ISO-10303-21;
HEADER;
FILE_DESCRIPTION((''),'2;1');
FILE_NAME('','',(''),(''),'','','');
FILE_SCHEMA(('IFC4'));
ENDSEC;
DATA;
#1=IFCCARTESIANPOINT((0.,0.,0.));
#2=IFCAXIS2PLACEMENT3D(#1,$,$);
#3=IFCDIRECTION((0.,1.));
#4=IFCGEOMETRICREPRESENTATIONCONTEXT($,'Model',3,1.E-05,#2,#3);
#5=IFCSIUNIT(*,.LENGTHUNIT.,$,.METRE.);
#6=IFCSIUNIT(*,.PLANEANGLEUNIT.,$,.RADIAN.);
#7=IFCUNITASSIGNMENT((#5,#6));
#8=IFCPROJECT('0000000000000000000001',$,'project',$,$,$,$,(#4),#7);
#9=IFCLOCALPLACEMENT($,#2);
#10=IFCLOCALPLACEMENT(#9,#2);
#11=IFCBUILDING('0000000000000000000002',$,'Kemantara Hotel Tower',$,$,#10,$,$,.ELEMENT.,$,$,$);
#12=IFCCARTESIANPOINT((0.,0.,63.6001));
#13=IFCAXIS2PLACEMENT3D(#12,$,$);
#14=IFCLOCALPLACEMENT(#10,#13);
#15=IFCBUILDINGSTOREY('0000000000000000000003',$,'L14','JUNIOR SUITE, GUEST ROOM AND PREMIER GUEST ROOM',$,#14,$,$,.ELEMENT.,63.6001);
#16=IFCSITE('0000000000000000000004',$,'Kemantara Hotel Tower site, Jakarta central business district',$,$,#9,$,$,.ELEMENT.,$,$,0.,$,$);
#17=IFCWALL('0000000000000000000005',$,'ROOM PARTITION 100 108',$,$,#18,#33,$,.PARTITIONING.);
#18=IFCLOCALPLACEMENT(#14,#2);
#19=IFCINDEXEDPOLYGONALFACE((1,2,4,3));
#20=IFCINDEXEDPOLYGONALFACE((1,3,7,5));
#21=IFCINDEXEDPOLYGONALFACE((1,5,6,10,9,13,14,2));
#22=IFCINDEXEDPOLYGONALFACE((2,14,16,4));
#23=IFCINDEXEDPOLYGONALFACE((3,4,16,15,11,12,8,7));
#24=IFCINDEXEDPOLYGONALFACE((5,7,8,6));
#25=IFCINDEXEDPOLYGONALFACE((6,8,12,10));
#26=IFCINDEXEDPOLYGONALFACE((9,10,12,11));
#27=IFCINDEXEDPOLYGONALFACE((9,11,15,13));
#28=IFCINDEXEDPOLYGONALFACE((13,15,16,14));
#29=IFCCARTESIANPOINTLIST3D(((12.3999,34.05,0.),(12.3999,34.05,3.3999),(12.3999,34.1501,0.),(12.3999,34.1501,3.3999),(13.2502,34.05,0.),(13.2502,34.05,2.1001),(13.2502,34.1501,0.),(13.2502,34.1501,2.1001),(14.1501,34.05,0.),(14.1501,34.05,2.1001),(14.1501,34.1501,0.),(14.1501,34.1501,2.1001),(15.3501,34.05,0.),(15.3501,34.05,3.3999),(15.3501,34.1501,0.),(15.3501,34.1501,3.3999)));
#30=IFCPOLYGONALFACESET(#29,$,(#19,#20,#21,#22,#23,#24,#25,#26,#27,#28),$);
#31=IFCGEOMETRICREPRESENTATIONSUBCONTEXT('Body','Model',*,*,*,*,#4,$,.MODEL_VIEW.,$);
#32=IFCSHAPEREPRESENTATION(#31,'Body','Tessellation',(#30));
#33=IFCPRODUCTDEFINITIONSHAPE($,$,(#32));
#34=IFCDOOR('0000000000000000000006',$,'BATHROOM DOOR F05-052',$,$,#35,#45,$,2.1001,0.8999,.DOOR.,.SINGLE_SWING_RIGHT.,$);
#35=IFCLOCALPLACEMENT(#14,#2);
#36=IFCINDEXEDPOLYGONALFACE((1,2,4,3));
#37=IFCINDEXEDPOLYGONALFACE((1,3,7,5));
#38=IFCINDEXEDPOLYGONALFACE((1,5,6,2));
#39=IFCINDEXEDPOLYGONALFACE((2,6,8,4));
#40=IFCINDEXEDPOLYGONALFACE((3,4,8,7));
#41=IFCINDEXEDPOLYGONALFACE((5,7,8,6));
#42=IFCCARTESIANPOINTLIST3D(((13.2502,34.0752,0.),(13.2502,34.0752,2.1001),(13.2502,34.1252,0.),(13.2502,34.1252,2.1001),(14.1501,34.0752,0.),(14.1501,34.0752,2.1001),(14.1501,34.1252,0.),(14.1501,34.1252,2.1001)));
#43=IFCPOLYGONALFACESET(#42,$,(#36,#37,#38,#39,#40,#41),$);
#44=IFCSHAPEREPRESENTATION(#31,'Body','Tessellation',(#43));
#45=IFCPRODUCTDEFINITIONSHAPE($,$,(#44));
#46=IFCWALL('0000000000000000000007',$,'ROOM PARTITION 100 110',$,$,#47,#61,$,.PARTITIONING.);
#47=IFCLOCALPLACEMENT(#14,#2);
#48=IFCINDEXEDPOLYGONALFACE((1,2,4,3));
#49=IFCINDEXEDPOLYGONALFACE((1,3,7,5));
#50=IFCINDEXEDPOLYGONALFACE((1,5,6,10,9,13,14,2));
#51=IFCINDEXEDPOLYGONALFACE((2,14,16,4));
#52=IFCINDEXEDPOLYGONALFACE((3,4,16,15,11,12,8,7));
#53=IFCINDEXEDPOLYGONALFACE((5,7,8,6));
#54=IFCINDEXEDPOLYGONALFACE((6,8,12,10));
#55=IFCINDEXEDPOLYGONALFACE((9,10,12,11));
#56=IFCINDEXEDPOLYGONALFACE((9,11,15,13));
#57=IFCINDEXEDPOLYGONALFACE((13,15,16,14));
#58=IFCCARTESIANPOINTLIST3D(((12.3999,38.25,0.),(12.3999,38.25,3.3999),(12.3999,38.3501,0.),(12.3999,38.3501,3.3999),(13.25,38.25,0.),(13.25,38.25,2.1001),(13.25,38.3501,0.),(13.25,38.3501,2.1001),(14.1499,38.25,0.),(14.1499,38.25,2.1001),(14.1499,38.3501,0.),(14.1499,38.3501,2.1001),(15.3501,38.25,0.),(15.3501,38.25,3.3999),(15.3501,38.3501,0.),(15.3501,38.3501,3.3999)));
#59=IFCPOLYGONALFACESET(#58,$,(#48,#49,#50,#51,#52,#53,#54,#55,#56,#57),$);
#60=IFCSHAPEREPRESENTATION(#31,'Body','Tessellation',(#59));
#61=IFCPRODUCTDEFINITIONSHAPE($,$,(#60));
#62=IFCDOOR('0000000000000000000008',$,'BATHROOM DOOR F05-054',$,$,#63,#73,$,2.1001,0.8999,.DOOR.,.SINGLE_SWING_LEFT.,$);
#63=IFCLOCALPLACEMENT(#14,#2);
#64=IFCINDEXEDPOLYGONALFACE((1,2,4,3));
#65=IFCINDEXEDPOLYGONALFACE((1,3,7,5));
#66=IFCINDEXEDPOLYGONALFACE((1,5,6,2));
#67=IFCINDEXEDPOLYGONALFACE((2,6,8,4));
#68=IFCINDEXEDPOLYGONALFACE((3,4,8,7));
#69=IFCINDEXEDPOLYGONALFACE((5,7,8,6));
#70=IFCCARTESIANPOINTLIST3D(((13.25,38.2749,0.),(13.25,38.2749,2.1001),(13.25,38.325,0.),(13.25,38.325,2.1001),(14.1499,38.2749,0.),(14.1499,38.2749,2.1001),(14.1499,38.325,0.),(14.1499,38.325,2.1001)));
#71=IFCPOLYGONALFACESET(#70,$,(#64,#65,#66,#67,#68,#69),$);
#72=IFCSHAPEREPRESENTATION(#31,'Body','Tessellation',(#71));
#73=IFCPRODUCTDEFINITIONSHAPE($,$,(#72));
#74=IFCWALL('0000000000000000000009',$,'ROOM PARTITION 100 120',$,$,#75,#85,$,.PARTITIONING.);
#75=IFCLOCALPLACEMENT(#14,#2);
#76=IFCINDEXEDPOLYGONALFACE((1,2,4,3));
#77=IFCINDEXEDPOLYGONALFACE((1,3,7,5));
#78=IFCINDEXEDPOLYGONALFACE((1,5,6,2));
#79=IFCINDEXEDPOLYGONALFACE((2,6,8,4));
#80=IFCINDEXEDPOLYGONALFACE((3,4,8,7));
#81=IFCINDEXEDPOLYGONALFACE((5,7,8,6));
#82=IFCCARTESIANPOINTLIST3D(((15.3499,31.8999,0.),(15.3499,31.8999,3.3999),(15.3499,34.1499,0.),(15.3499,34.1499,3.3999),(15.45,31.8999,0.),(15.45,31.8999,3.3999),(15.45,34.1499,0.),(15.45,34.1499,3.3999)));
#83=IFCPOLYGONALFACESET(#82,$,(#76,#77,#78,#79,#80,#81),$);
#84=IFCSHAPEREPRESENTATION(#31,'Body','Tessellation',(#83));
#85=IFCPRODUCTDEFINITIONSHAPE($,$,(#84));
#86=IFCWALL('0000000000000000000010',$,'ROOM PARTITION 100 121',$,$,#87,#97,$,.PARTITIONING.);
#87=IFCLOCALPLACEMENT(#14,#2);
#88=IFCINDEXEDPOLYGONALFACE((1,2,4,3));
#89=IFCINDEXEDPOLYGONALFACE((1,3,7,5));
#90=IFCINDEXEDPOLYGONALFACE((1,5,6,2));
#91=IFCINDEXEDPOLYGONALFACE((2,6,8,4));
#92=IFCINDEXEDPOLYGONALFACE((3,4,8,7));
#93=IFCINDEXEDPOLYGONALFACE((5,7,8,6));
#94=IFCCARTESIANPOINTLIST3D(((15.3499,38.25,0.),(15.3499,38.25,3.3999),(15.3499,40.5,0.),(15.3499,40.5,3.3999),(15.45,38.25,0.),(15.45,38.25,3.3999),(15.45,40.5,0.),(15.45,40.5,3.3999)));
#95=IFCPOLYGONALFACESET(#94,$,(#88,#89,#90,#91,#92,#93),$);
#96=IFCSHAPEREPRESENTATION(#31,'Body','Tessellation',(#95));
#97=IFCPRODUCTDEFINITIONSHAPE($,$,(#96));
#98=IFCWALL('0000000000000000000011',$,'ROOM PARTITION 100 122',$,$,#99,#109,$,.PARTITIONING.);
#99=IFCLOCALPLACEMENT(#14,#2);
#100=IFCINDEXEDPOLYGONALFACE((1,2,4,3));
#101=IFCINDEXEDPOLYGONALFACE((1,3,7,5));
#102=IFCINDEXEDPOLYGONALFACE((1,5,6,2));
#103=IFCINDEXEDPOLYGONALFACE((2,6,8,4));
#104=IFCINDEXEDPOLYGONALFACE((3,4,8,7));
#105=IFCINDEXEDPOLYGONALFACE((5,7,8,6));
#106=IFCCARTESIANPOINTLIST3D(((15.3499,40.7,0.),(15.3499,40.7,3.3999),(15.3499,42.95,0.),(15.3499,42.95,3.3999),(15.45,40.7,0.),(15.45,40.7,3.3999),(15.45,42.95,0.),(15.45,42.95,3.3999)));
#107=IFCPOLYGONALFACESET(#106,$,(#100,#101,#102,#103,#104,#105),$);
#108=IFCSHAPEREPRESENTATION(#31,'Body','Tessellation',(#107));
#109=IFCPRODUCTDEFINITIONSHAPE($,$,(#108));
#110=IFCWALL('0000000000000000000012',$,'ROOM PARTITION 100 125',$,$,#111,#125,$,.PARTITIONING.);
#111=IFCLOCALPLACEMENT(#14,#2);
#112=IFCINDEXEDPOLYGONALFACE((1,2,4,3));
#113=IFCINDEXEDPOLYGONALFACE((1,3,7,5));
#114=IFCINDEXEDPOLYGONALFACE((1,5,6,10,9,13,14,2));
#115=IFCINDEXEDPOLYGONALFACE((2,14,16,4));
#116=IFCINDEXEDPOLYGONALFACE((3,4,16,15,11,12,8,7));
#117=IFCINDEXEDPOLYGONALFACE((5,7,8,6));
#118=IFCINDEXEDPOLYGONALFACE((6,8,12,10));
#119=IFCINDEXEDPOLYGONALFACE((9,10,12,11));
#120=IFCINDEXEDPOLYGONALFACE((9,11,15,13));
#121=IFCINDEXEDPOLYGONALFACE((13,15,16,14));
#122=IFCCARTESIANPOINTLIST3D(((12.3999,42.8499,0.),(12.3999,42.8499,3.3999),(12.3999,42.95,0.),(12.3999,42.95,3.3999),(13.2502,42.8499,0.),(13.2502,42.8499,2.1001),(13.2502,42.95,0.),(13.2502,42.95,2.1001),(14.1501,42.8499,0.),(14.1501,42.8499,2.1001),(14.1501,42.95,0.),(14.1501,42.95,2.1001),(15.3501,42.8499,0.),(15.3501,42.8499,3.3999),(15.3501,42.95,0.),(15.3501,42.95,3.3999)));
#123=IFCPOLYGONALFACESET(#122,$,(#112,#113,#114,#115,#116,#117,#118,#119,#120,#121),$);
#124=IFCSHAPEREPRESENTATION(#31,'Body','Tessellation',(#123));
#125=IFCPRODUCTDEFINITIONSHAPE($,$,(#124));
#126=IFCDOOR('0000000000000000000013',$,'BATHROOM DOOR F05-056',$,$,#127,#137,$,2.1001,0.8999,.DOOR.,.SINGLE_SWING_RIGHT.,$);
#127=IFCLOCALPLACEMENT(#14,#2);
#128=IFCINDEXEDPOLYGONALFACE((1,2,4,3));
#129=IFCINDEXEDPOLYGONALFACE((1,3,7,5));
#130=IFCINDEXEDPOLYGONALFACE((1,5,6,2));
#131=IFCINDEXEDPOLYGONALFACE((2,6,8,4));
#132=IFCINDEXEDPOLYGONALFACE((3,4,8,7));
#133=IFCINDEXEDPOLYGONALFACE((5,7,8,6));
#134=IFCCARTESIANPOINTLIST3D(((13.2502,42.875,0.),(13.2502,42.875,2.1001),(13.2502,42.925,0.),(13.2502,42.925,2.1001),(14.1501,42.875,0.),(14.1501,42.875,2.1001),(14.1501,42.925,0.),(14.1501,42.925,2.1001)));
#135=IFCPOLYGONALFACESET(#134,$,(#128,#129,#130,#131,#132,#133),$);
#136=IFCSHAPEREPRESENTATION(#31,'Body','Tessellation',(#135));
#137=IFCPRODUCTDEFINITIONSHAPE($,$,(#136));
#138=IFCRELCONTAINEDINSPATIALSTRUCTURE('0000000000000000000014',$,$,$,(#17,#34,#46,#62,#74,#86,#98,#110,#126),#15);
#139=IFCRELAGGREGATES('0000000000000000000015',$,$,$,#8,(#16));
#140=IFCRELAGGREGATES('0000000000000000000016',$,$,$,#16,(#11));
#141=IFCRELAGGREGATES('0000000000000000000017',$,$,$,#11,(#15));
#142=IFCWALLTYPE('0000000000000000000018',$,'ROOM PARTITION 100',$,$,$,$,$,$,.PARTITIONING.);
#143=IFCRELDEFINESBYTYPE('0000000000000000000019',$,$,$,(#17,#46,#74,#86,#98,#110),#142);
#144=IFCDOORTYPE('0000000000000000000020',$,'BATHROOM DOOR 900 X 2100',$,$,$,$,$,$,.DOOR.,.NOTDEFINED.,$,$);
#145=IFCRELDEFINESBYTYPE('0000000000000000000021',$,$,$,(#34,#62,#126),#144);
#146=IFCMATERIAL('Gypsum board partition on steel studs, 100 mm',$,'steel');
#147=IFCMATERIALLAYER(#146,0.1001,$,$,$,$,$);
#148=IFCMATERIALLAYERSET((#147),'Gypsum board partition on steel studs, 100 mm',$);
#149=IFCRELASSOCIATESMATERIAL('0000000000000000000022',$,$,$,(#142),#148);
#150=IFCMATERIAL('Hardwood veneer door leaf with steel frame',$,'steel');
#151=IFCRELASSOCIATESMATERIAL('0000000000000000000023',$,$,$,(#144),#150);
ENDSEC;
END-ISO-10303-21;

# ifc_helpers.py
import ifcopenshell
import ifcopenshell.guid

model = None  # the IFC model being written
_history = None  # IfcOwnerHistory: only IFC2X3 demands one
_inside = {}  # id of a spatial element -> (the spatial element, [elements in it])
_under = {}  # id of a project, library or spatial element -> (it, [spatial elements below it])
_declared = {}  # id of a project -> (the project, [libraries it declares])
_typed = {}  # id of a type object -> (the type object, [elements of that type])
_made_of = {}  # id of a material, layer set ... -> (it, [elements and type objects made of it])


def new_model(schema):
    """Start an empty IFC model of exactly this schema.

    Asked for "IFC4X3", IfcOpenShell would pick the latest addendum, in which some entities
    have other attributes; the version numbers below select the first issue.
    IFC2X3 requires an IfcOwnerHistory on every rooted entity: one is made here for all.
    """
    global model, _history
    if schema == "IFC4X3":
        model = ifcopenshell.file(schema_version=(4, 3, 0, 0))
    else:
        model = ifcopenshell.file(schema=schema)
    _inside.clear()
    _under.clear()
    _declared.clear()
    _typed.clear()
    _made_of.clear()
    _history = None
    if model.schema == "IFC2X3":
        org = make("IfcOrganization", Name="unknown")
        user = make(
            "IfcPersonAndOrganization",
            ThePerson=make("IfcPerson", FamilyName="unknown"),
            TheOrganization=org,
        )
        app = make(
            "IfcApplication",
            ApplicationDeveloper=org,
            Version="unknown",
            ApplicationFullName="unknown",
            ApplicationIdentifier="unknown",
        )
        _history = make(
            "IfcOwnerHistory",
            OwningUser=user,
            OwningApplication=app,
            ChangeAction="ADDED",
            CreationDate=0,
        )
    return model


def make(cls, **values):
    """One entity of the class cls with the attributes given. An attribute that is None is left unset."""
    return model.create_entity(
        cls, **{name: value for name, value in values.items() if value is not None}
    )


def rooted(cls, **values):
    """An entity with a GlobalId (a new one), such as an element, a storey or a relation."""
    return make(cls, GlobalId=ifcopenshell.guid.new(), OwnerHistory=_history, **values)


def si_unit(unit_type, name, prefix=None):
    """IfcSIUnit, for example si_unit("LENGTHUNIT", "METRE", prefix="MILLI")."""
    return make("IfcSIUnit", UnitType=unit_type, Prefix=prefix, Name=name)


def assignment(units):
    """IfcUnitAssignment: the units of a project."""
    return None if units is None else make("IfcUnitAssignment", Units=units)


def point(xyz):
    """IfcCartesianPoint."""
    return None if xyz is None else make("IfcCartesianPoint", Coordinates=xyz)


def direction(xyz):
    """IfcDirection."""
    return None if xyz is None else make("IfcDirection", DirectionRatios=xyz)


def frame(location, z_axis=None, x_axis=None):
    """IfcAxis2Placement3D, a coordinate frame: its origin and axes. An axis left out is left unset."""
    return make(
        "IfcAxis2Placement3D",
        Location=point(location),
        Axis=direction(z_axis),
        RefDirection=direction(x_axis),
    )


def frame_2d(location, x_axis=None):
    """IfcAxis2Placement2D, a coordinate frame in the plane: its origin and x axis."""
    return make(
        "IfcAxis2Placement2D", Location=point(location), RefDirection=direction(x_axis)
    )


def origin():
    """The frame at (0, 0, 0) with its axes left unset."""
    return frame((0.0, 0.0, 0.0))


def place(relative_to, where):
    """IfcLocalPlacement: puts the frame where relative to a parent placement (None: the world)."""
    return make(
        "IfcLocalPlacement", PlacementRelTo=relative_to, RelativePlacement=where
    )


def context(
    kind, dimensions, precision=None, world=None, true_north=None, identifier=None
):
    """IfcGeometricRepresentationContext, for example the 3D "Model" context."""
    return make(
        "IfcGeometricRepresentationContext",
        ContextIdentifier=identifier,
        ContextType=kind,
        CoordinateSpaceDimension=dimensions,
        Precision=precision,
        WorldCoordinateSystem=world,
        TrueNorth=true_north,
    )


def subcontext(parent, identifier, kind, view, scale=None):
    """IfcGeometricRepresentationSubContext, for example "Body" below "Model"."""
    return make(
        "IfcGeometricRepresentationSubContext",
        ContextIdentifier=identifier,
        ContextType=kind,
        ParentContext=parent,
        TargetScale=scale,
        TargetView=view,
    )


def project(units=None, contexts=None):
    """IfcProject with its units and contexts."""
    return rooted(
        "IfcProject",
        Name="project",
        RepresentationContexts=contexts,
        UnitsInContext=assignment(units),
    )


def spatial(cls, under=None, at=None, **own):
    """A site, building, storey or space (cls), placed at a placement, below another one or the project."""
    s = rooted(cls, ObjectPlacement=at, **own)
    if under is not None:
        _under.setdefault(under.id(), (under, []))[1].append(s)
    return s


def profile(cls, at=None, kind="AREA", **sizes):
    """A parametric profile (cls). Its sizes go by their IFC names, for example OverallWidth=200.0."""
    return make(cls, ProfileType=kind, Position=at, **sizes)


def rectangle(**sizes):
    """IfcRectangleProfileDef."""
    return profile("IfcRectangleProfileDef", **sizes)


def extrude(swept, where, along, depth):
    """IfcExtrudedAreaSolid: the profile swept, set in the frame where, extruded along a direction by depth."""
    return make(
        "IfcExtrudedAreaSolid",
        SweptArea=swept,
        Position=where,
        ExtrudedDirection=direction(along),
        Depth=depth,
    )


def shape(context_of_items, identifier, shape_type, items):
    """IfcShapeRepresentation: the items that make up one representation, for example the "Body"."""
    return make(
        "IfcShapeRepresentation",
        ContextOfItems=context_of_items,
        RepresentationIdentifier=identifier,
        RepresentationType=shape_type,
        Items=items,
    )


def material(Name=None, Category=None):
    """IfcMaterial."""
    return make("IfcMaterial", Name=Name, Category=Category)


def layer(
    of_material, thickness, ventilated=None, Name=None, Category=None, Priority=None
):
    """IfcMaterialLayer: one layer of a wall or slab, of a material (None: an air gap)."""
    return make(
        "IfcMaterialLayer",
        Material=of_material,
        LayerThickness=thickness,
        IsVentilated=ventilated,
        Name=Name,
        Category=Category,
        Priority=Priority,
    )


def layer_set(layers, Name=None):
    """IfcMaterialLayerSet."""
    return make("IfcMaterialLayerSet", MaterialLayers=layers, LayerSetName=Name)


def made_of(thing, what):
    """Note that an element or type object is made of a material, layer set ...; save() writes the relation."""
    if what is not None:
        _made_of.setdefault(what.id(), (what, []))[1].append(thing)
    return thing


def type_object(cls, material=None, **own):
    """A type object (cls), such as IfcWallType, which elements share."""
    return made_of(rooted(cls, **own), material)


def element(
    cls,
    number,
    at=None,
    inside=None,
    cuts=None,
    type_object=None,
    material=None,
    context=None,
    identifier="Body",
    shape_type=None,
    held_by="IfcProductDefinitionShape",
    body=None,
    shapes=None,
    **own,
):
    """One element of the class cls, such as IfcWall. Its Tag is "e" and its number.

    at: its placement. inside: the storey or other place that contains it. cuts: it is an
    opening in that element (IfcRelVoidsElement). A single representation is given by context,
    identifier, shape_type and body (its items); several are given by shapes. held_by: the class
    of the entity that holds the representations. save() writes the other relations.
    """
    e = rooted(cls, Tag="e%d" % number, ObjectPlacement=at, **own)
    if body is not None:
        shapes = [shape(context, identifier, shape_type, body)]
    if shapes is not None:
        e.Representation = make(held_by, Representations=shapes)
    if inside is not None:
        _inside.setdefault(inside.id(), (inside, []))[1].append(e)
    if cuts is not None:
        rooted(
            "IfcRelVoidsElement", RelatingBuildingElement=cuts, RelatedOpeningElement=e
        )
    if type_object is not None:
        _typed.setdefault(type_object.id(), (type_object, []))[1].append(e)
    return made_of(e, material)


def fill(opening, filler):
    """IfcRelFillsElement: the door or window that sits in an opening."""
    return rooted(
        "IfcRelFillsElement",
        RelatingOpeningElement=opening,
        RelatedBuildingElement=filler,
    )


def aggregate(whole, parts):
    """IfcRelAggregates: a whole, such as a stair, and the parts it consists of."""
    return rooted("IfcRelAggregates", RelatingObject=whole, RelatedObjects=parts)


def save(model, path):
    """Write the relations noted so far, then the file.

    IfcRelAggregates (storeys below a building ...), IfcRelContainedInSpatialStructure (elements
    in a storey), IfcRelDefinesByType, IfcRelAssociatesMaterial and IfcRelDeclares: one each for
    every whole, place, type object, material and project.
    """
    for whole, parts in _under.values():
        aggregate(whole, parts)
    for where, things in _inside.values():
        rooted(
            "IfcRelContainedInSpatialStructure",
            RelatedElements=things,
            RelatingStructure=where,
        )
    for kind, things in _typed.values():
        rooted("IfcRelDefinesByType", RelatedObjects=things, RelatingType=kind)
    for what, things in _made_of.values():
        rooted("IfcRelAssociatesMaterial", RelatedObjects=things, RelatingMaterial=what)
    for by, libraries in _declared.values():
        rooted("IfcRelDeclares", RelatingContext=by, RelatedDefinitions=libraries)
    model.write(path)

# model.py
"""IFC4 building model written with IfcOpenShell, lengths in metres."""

from ifc_helpers import new_model, si_unit, direction, frame, frame_2d, origin, place, context, subcontext, project, spatial, rectangle, extrude, material, layer, layer_set, type_object, element, fill, save


model = new_model("IFC4")

# Units and contexts
model_context = context("Model", 3, precision=1e-05, world=origin(), true_north=direction((0.0, 1.0)))
body_context = subcontext(model_context, "Body", "Model", "MODEL_VIEW")
ifc_project = project(units=[si_unit("LENGTHUNIT", "METRE"), si_unit("PLANEANGLEUNIT", "RADIAN")], contexts=[model_context])

# Site, building, storey
site_placement = place(None, origin())
site = spatial("IfcSite", under=ifc_project, at=site_placement, Name="Kemantara Hotel Tower site, Jakarta central business district", CompositionType="ELEMENT", RefElevation=0.0)
building_placement = place(site_placement, origin())
building = spatial("IfcBuilding", under=site, at=building_placement, Name="Kemantara Hotel Tower", CompositionType="ELEMENT")
storey_placement = place(building_placement, frame((0.0, 0.0, 63.6001)))
storey = spatial("IfcBuildingStorey", under=building, at=storey_placement, Name="L14", Description="JUNIOR SUITE, GUEST ROOM AND PREMIER GUEST ROOM", CompositionType="ELEMENT", Elevation=63.6001)

# Shared definitions
ifc_material_1 = material(Name="Hardwood veneer door leaf with steel frame", Category="steel")

# Walls, openings, doors
ifc_material_2 = material(Name="Gypsum board partition on steel studs, 100 mm", Category="steel")
ifc_layer_1 = layer(ifc_material_2, 0.1001)
ifc_layer_set_1 = layer_set([ifc_layer_1], Name="Gypsum board partition on steel studs, 100 mm")
wall_type_1 = type_object("IfcWallType", Name="ROOM PARTITION 100", PredefinedType="PARTITIONING", material=ifc_layer_set_1)
wall_1_placement = place(storey_placement, frame((15.3501, 34.1001, 0.0), z_axis=(0.0, 0.0, 1.0), x_axis=(-1.0, 0.0, 0.0)))
wall_1 = element("IfcWall", 1, at=wall_1_placement, inside=storey, type_object=wall_type_1, Name="ROOM PARTITION 100 108", PredefinedType="PARTITIONING", context=body_context, shape_type="SweptSolid", body=[
    extrude(rectangle(XDim=2.9502, YDim=0.1001, at=frame_2d((1.4751, 0.0))), origin(), (0.0, 0.0, 1.0), 3.3999),
])
opening_1_placement = place(wall_1_placement, frame((1.2, 0.0, 0.0)))
opening_1 = element("IfcOpeningElement", 2, at=opening_1_placement, cuts=wall_1, PredefinedType="OPENING", context=body_context, shape_type="SweptSolid", body=[
    extrude(rectangle(XDim=0.8999, YDim=2.1001, at=frame_2d((0.45, 1.05))), frame((0.0, 0.0601, 0.0), z_axis=(0.0, -1.0, 0.0), x_axis=(1.0, 0.0, 0.0)), (0.0, 0.0, 1.0), 0.1201),
])
door_type_1 = type_object("IfcDoorType", Name="BATHROOM DOOR 900 X 2100", OperationType="NOTDEFINED", PredefinedType="DOOR", material=ifc_material_1)
door_1_placement = place(opening_1_placement, origin())
door_1 = element("IfcDoor", 3, at=door_1_placement, inside=storey, type_object=door_type_1, Name="BATHROOM DOOR F05-052", OperationType="SINGLE_SWING_RIGHT", OverallHeight=2.1001, OverallWidth=0.8999, PredefinedType="DOOR", context=body_context, shape_type="SweptSolid", body=[
    extrude(rectangle(XDim=0.8999, YDim=2.1001, at=frame_2d((0.45, 1.05))), frame((0.0, 0.0249, 0.0), z_axis=(0.0, -1.0, 0.0), x_axis=(1.0, 0.0, 0.0)), (0.0, 0.0, 1.0), 0.05),
])
fill(opening_1, door_1)
wall_2_placement = place(storey_placement, frame((12.3999, 38.3, 0.0), z_axis=(0.0, 0.0, 1.0), x_axis=(1.0, 0.0, 0.0)))
wall_2 = element("IfcWall", 4, at=wall_2_placement, inside=storey, type_object=wall_type_1, Name="ROOM PARTITION 100 110", PredefinedType="PARTITIONING", context=body_context, shape_type="SweptSolid", body=[
    extrude(rectangle(XDim=2.9502, YDim=0.1001, at=frame_2d((1.4751, 0.0))), origin(), (0.0, 0.0, 1.0), 3.3999),
])
opening_2_placement = place(wall_2_placement, frame((0.8501, 0.0, 0.0)))
opening_2 = element("IfcOpeningElement", 5, at=opening_2_placement, cuts=wall_2, PredefinedType="OPENING", context=body_context, shape_type="SweptSolid", body=[
    extrude(rectangle(XDim=0.8999, YDim=2.1001, at=frame_2d((0.45, 1.05))), frame((0.0, 0.0601, 0.0), z_axis=(0.0, -1.0, 0.0), x_axis=(1.0, 0.0, 0.0)), (0.0, 0.0, 1.0), 0.1201),
])
door_2_placement = place(opening_2_placement, origin())
door_2 = element("IfcDoor", 6, at=door_2_placement, inside=storey, type_object=door_type_1, Name="BATHROOM DOOR F05-054", OperationType="SINGLE_SWING_LEFT", OverallHeight=2.1001, OverallWidth=0.8999, PredefinedType="DOOR", context=body_context, shape_type="SweptSolid", body=[
    extrude(rectangle(XDim=0.8999, YDim=2.1001, at=frame_2d((0.45, 1.05))), frame((0.0, 0.0249, 0.0), z_axis=(0.0, -1.0, 0.0), x_axis=(1.0, 0.0, 0.0)), (0.0, 0.0, 1.0), 0.05),
])
fill(opening_2, door_2)

# Walls
for number, where, z_axis, x_axis, name in (
    (7, (15.3999, 31.8999, 0.0), (0.0, 0.0, 1.0), (0.0, 1.0, 0.0), "ROOM PARTITION 100 120"),
    (8, (15.3999, 38.25, 0.0), (0.0, 0.0, 1.0), (0.0, 1.0, 0.0), "ROOM PARTITION 100 121"),
    (9, (15.3999, 40.7, 0.0), (0.0, 0.0, 1.0), (0.0, 1.0, 0.0), "ROOM PARTITION 100 122"),
):
    element("IfcWall", number, at=place(storey_placement, frame(where, z_axis=z_axis, x_axis=x_axis)), inside=storey, type_object=wall_type_1, Name=name, PredefinedType="PARTITIONING", context=body_context, shape_type="SweptSolid", body=[
        extrude(rectangle(XDim=2.25, YDim=0.1001, at=frame_2d((1.125, 0.0))), origin(), (0.0, 0.0, 1.0), 3.3999),
    ])

# Wall, opening, door
wall_3_placement = place(storey_placement, frame((15.3501, 42.8999, 0.0), z_axis=(0.0, 0.0, 1.0), x_axis=(-1.0, 0.0, 0.0)))
wall_3 = element("IfcWall", 10, at=wall_3_placement, inside=storey, type_object=wall_type_1, Name="ROOM PARTITION 100 125", PredefinedType="PARTITIONING", context=body_context, shape_type="SweptSolid", body=[
    extrude(rectangle(XDim=2.9502, YDim=0.1001, at=frame_2d((1.4751, 0.0))), origin(), (0.0, 0.0, 1.0), 3.3999),
])
opening_3_placement = place(wall_3_placement, frame((1.2, 0.0, 0.0)))
opening_3 = element("IfcOpeningElement", 11, at=opening_3_placement, cuts=wall_3, PredefinedType="OPENING", context=body_context, shape_type="SweptSolid", body=[
    extrude(rectangle(XDim=0.8999, YDim=2.1001, at=frame_2d((0.45, 1.05))), frame((0.0, 0.0601, 0.0), z_axis=(0.0, -1.0, 0.0), x_axis=(1.0, 0.0, 0.0)), (0.0, 0.0, 1.0), 0.1201),
])
door_3_placement = place(opening_3_placement, origin())
door_3 = element("IfcDoor", 12, at=door_3_placement, inside=storey, type_object=door_type_1, Name="BATHROOM DOOR F05-056", OperationType="SINGLE_SWING_RIGHT", OverallHeight=2.1001, OverallWidth=0.8999, PredefinedType="DOOR", context=body_context, shape_type="SweptSolid", body=[
    extrude(rectangle(XDim=0.8999, YDim=2.1001, at=frame_2d((0.45, 1.05))), frame((0.0, 0.0249, 0.0), z_axis=(0.0, -1.0, 0.0), x_axis=(1.0, 0.0, 0.0)), (0.0, 0.0, 1.0), 0.05),
])
fill(opening_3, door_3)

save(model, "model.ifc")
